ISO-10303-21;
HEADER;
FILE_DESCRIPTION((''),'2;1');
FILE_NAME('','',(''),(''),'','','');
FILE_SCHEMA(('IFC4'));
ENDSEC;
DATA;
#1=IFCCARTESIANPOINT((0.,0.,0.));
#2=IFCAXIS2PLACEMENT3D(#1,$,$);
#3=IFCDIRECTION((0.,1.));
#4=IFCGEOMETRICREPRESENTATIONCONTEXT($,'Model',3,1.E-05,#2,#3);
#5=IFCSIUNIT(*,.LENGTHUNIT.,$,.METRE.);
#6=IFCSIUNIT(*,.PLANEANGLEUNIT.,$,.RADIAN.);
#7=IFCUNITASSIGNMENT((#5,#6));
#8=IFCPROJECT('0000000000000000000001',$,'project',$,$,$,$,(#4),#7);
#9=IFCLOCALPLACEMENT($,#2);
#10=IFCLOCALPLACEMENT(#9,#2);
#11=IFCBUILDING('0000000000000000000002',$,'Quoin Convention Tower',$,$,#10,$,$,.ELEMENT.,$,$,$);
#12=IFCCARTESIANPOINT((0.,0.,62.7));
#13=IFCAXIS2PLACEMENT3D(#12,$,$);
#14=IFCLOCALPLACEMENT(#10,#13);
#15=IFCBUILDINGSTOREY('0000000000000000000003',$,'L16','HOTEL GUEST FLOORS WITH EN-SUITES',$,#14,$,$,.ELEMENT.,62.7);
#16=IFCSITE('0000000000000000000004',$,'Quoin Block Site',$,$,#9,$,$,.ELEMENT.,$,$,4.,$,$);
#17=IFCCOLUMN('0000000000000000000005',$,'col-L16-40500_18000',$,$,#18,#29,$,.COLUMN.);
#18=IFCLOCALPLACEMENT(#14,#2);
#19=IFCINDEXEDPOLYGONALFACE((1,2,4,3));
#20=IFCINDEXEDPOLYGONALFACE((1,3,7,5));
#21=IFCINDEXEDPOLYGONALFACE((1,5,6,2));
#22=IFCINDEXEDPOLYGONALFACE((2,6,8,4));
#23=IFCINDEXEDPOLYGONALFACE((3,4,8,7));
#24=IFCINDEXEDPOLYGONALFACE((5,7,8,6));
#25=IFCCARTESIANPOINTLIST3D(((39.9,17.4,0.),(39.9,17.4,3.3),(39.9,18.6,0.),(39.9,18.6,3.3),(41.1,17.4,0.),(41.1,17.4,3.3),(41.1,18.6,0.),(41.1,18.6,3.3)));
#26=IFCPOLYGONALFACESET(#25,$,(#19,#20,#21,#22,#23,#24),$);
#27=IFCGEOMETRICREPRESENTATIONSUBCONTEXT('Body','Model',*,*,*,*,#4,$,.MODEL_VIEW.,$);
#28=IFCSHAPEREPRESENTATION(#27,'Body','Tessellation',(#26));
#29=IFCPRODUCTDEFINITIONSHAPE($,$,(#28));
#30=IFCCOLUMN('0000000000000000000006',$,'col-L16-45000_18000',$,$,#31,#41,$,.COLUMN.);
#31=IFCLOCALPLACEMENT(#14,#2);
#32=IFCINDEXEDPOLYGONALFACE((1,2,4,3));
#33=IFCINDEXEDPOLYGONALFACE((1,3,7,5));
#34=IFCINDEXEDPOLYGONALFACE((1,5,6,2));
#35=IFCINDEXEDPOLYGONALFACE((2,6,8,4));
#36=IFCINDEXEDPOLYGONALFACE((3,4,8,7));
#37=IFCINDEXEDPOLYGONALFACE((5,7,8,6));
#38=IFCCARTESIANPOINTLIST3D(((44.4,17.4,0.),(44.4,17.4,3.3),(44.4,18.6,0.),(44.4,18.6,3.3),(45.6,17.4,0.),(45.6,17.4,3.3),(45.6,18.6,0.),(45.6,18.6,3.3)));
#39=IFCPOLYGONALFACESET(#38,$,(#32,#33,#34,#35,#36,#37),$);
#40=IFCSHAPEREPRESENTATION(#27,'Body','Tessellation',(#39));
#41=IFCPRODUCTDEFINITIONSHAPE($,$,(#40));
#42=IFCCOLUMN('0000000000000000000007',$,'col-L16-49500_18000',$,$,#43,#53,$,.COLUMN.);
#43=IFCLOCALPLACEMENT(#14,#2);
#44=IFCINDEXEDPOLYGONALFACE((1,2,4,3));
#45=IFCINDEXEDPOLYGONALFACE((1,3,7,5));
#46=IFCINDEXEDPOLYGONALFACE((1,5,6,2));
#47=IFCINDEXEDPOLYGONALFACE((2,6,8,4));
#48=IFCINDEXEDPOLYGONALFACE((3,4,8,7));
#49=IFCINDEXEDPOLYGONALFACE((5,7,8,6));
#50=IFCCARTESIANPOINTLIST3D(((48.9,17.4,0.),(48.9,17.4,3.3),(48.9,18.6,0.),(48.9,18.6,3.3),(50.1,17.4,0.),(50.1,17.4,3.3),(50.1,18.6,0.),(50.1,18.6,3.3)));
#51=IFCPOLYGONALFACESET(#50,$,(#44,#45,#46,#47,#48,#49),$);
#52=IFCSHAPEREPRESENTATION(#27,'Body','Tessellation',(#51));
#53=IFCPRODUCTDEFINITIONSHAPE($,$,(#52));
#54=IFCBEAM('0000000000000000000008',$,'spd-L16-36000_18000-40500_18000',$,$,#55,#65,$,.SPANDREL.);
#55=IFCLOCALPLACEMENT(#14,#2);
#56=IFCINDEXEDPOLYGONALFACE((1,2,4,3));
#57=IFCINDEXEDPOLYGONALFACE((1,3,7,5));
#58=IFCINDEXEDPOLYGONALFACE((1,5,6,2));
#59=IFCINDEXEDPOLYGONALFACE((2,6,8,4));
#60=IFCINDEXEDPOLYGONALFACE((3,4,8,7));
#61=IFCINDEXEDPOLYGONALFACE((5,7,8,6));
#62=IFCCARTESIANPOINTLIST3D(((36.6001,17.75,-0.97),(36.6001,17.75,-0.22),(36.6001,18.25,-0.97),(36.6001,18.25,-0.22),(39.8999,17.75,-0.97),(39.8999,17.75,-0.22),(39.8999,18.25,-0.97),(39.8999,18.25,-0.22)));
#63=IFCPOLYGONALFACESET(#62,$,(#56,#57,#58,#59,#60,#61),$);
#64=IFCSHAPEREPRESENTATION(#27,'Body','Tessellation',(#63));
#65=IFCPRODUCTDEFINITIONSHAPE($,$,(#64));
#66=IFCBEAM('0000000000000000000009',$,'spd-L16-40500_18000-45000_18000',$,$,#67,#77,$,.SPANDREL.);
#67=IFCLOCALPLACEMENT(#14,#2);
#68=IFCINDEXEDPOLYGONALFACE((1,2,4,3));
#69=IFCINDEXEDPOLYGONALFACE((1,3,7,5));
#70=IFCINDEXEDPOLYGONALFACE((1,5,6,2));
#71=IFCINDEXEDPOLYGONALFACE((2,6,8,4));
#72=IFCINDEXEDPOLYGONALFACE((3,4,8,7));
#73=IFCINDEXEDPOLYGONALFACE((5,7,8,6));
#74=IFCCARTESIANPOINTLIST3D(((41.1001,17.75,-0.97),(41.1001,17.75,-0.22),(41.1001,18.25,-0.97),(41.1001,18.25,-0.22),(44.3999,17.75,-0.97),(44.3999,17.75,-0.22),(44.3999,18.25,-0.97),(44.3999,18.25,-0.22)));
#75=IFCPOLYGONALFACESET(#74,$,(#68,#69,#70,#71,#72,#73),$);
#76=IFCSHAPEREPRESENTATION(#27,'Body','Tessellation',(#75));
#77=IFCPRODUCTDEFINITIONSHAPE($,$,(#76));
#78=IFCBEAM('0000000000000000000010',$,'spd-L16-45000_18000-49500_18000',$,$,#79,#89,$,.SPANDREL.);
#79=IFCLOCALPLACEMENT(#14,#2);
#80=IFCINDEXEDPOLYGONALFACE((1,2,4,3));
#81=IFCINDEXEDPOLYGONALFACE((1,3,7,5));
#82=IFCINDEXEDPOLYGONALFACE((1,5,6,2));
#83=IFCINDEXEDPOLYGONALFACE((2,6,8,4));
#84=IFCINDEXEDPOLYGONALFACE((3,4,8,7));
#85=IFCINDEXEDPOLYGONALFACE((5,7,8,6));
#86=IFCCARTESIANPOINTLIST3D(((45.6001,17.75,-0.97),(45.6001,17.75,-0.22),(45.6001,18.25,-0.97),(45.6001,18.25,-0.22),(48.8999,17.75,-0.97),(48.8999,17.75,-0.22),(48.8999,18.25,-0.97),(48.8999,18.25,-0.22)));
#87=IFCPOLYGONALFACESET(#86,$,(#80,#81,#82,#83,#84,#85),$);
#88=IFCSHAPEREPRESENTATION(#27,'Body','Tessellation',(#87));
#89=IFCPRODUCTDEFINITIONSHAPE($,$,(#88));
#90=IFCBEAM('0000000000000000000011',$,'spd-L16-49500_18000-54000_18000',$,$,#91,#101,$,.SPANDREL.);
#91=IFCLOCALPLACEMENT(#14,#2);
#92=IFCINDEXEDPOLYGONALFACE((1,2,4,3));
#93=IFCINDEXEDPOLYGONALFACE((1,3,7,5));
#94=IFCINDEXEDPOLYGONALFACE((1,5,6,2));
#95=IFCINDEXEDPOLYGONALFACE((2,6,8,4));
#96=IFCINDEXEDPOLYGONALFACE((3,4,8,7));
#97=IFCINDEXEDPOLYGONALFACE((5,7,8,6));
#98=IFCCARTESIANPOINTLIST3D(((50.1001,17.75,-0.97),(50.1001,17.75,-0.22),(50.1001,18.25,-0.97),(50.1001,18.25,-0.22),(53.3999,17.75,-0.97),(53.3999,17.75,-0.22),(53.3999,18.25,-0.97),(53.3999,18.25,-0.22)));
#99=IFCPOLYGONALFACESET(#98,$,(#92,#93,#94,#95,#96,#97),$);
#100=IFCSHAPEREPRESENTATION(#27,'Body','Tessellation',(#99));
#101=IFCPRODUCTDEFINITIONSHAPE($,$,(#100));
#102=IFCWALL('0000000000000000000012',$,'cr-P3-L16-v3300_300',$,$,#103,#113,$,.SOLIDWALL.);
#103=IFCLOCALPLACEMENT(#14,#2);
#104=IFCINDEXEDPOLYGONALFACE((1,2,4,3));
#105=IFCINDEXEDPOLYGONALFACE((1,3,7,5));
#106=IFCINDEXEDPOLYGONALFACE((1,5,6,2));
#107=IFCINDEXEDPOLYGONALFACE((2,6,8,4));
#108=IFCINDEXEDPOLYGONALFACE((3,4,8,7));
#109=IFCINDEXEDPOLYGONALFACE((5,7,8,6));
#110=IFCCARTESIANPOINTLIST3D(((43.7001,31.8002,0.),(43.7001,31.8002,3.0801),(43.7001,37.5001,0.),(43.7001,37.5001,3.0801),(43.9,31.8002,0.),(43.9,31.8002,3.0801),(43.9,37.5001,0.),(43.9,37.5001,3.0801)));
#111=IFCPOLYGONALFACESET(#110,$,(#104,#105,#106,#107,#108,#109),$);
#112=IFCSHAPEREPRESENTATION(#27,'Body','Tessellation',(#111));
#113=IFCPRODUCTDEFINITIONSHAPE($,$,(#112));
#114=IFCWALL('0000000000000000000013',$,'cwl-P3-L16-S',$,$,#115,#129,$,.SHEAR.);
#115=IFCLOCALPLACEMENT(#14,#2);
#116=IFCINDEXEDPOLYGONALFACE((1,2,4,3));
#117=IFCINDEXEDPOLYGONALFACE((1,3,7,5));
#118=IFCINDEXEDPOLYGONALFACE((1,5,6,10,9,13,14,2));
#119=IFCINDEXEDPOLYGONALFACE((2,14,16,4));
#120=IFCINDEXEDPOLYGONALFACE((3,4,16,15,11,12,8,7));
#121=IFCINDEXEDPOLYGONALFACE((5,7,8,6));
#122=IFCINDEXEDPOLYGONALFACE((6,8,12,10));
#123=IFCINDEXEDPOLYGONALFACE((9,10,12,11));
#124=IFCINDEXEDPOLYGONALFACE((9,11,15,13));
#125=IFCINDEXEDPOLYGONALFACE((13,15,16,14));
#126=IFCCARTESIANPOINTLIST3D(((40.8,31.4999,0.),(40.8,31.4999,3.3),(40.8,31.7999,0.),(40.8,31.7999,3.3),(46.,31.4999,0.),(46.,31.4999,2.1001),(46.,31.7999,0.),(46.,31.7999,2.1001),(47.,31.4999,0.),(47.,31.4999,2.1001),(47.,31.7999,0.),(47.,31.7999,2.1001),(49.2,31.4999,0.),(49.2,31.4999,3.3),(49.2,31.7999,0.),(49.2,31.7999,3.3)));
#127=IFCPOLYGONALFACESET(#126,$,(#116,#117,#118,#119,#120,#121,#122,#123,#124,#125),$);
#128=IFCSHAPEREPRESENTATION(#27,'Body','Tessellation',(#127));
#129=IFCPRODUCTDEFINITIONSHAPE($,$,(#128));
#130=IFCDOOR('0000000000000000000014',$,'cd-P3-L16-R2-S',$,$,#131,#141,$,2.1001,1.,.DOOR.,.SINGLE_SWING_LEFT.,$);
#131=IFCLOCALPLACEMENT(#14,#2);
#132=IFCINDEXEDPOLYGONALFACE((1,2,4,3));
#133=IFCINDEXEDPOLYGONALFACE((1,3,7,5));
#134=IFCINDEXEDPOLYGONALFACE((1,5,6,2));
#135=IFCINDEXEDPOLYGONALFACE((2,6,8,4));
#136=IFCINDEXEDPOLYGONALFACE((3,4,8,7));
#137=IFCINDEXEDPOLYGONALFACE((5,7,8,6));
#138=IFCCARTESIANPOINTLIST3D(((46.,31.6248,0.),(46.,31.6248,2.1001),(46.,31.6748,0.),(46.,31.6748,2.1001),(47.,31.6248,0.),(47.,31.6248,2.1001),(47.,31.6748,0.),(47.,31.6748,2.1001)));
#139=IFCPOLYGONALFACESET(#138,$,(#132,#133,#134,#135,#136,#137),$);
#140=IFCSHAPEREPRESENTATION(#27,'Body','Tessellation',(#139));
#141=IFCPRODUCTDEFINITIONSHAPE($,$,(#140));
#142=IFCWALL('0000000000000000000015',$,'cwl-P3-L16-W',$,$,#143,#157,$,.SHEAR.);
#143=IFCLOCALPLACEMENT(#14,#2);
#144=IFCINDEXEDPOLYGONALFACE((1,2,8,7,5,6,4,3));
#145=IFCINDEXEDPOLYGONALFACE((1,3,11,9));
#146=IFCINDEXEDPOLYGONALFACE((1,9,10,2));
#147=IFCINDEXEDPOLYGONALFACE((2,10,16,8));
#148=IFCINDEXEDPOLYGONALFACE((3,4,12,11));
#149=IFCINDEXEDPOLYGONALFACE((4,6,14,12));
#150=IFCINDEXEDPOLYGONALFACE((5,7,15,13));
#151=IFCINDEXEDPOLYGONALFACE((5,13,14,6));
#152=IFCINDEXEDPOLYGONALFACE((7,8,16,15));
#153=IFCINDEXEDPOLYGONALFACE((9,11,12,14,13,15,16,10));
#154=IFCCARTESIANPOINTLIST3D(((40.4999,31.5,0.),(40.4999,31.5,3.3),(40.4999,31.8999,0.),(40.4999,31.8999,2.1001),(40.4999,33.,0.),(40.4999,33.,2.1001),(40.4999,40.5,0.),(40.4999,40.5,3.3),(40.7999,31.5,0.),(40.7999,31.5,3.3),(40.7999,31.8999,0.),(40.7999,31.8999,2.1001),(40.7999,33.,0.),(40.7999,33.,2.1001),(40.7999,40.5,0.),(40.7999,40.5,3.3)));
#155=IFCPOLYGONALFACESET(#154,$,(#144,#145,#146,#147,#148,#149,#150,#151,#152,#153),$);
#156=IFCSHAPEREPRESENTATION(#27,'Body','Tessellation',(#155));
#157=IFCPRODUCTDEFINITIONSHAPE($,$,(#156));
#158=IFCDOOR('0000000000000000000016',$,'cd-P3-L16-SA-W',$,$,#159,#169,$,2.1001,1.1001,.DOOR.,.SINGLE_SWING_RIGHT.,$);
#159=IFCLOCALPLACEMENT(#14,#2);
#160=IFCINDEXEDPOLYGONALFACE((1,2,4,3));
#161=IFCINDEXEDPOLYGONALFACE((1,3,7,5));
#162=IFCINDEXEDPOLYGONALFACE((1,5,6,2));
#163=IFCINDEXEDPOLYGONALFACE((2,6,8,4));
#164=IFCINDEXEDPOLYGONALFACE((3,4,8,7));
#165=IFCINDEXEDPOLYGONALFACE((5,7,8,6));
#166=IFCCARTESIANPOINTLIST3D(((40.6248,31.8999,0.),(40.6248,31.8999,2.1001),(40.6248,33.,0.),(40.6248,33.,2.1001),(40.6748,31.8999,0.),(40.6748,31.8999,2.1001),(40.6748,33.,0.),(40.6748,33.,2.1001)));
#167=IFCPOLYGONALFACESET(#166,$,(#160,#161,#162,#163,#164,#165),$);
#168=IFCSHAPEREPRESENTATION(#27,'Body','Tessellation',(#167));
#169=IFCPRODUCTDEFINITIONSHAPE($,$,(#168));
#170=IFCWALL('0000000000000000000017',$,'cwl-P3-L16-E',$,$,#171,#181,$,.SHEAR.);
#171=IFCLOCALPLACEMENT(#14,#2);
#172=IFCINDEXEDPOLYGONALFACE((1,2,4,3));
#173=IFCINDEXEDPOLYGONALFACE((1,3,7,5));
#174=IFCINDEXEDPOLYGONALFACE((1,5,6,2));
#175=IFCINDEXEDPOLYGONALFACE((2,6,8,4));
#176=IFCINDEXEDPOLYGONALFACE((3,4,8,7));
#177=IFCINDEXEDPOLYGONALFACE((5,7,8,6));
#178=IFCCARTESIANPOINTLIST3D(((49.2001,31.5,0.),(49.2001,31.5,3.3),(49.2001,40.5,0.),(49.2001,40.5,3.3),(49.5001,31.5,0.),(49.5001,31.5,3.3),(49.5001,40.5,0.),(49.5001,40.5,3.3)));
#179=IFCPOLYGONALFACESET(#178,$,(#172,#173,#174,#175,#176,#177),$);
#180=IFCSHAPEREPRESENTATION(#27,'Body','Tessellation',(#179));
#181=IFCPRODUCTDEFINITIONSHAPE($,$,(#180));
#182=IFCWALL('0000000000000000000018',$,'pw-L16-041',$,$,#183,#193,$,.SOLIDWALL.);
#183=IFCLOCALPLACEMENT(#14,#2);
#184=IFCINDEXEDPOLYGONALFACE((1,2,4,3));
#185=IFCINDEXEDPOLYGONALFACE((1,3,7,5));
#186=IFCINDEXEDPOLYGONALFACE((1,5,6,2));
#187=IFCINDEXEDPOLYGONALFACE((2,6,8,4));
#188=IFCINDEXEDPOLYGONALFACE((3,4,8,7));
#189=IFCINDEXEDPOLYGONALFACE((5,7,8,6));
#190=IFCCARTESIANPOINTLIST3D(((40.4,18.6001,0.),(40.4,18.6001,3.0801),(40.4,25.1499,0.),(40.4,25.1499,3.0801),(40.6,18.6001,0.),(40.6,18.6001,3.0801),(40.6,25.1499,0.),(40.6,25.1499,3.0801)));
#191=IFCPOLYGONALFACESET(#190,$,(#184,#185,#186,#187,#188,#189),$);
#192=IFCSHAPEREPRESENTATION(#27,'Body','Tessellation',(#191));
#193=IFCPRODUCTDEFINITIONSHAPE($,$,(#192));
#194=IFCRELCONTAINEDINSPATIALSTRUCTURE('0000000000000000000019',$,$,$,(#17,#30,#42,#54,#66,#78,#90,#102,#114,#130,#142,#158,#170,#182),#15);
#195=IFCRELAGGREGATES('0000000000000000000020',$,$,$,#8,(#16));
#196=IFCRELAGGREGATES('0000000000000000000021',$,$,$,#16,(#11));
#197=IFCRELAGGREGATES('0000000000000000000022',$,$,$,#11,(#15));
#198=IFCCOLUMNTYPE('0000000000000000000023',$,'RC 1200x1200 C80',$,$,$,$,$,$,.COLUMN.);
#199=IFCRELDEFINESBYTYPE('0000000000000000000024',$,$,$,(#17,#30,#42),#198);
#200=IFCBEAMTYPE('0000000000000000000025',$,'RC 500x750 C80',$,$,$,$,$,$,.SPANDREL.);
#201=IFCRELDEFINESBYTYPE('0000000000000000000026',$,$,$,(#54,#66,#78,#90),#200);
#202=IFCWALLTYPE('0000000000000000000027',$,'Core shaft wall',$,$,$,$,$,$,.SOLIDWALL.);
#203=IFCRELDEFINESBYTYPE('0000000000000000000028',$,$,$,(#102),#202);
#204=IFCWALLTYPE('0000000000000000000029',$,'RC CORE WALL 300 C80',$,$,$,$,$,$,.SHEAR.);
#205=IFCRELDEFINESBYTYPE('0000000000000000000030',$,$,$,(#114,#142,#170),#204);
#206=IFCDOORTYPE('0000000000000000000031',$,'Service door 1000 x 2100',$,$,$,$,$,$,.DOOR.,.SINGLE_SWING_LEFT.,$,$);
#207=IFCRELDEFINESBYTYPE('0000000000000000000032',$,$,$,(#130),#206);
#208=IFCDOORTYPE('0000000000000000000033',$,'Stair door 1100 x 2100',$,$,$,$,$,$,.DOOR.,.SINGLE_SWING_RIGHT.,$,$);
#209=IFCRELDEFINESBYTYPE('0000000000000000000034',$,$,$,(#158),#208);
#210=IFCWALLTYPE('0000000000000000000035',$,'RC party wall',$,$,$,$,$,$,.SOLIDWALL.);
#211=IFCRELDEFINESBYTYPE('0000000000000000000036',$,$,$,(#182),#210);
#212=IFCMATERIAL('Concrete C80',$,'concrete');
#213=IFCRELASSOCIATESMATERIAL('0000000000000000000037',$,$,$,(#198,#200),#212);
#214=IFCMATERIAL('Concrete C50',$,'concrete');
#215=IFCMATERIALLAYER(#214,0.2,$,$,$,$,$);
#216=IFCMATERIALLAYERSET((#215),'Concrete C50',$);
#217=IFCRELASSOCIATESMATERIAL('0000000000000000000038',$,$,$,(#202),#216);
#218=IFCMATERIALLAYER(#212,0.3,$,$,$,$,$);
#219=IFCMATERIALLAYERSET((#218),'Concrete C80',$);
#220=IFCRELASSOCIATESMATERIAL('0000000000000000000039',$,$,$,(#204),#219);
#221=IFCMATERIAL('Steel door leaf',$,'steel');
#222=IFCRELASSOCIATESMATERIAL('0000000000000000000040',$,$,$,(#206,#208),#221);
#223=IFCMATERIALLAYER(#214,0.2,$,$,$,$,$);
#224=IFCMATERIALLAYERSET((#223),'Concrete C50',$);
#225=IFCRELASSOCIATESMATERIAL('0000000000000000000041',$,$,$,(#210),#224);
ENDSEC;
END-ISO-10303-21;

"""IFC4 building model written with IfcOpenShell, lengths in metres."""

from ifc_helpers import new_model, si_unit, direction, frame, frame_2d, origin, origin_2d, place, context, subcontext, project, spatial, rectangle, extrude, material, layer, layer_set, material_profile, profile_set, type_object, element, fill, save


model = new_model("IFC4")

# Units and contexts
model_context = context("Model", 3, precision=1e-05, world=origin(), true_north=direction((0.0, 1.0)))
body_context = subcontext(model_context, "Body", "Model", "MODEL_VIEW")
ifc_project = project(units=[si_unit("LENGTHUNIT", "METRE"), si_unit("PLANEANGLEUNIT", "RADIAN")], contexts=[model_context])

# Site, building, storey
site_placement = place(None, origin())
site = spatial("IfcSite", under=ifc_project, at=site_placement, Name="Quoin Block Site", CompositionType="ELEMENT", RefElevation=4.0)
building_placement = place(site_placement, origin())
building = spatial("IfcBuilding", under=site, at=building_placement, Name="Quoin Convention Tower", CompositionType="ELEMENT")
storey_placement = place(building_placement, frame((0.0, 0.0, 62.7)))
storey = spatial("IfcBuildingStorey", under=building, at=storey_placement, Name="L16", Description="HOTEL GUEST FLOORS WITH EN-SUITES", CompositionType="ELEMENT", Elevation=62.7)

# Columns
ifc_material_1 = material(Name="Concrete C80", Category="concrete")
ifc_material_profile_1 = material_profile(ifc_material_1, rectangle(XDim=1.2, YDim=1.2, at=origin_2d()), Name="RC 1200x1200")
ifc_profile_set_1 = profile_set([ifc_material_profile_1], Name="Concrete C80")
column_type = type_object("IfcColumnType", Name="RC 1200x1200 C80", PredefinedType="COLUMN", material=ifc_profile_set_1)
for number, where, z_axis, x_axis, name in (
    (1, (40.5, 18.0, 0.0), (0.0, 0.0, 1.0), (1.0, 0.0, 0.0), "col-L16-40500_18000"),
    (2, (45.0, 18.0, 0.0), (0.0, 0.0, 1.0), (1.0, 0.0, 0.0), "col-L16-45000_18000"),
    (3, (49.5, 18.0, 0.0), (0.0, 0.0, 1.0), (1.0, 0.0, 0.0), "col-L16-49500_18000"),
):
    element("IfcColumn", number, at=place(storey_placement, frame(where, z_axis=z_axis, x_axis=x_axis)), inside=storey, type_object=column_type, Name=name, PredefinedType="COLUMN", context=body_context, shape_type="SweptSolid", body=[
        extrude(rectangle(XDim=1.2, YDim=1.2, at=origin_2d()), origin(), (0.0, 0.0, 1.0), 3.3),
    ])

# Beams
ifc_material_profile_2 = material_profile(ifc_material_1, rectangle(XDim=0.5, YDim=0.75, at=origin_2d()), Name="RC 500x750")
ifc_profile_set_2 = profile_set([ifc_material_profile_2], Name="Concrete C80")
beam_type = type_object("IfcBeamType", Name="RC 500x750 C80", PredefinedType="SPANDREL", material=ifc_profile_set_2)
for number, where, z_axis, x_axis, name in (
    (4, (36.6001, 18.0, -0.595), (1.0, 0.0, 0.0), (0.0, 1.0, 0.0), "spd-L16-36000_18000-40500_18000"),
    (5, (41.1001, 18.0, -0.595), (1.0, 0.0, 0.0), (0.0, 1.0, 0.0), "spd-L16-40500_18000-45000_18000"),
    (6, (45.6001, 18.0, -0.595), (1.0, 0.0, 0.0), (0.0, 1.0, 0.0), "spd-L16-45000_18000-49500_18000"),
    (7, (50.1001, 18.0, -0.595), (1.0, 0.0, 0.0), (0.0, 1.0, 0.0), "spd-L16-49500_18000-54000_18000"),
):
    element("IfcBeam", number, at=place(storey_placement, frame(where, z_axis=z_axis, x_axis=x_axis)), inside=storey, type_object=beam_type, Name=name, PredefinedType="SPANDREL", context=body_context, shape_type="SweptSolid", body=[
        extrude(rectangle(XDim=0.5, YDim=0.75, at=origin_2d()), origin(), (0.0, 0.0, 1.0), 3.2998),
    ])

# Wall
ifc_material_2 = material(Name="Concrete C50", Category="concrete")
ifc_layer_1 = layer(ifc_material_2, 0.2)
ifc_layer_set_1 = layer_set([ifc_layer_1], Name="Concrete C50")
wall_type_1 = type_object("IfcWallType", Name="Core shaft wall", PredefinedType="SOLIDWALL", material=ifc_layer_set_1)
wall_1_placement = place(storey_placement, frame((43.8, 31.8, 0.0), z_axis=(0.0, 0.0, 1.0), x_axis=(0.0, 1.0, 0.0)))
element("IfcWall", 8, at=wall_1_placement, inside=storey, type_object=wall_type_1, Name="cr-P3-L16-v3300_300", PredefinedType="SOLIDWALL", context=body_context, shape_type="SweptSolid", body=[
    extrude(rectangle(XDim=5.7, YDim=0.2, at=frame_2d((2.8501, 0.0))), origin(), (0.0, 0.0, 1.0), 3.0801),
])

# Walls, openings, doors
ifc_layer_2 = layer(ifc_material_1, 0.3)
ifc_layer_set_2 = layer_set([ifc_layer_2], Name="Concrete C80")
wall_type_2 = type_object("IfcWallType", Name="RC CORE WALL 300 C80", PredefinedType="SHEAR", material=ifc_layer_set_2)
wall_2_placement = place(storey_placement, frame((40.8, 31.6499, 0.0), z_axis=(0.0, 0.0, 1.0), x_axis=(1.0, 0.0, 0.0)))
wall_2 = element("IfcWall", 9, at=wall_2_placement, inside=storey, type_object=wall_type_2, Name="cwl-P3-L16-S", PredefinedType="SHEAR", context=body_context, shape_type="SweptSolid", body=[
    extrude(rectangle(XDim=8.3999, YDim=0.3, at=frame_2d((4.2, 0.0))), origin(), (0.0, 0.0, 1.0), 3.3),
])
opening_1_placement = place(wall_2_placement, frame((5.2, 0.0, 0.0)))
opening_1 = element("IfcOpeningElement", 10, at=opening_1_placement, cuts=wall_2, PredefinedType="OPENING", context=body_context, shape_type="SweptSolid", body=[
    extrude(rectangle(XDim=1.0, YDim=2.1001, at=frame_2d((0.5, 1.05))), frame((0.0, 0.1599, 0.0), z_axis=(0.0, -1.0, 0.0), x_axis=(1.0, 0.0, 0.0)), (0.0, 0.0, 1.0), 0.3201),
])
ifc_material_3 = material(Name="Steel door leaf", Category="steel")
door_type_1 = type_object("IfcDoorType", Name="Service door 1000 x 2100", OperationType="SINGLE_SWING_LEFT", PredefinedType="DOOR", material=ifc_material_3)
door_1_placement = place(opening_1_placement, origin())
door_1 = element("IfcDoor", 11, at=door_1_placement, inside=storey, type_object=door_type_1, Name="cd-P3-L16-R2-S", OperationType="SINGLE_SWING_LEFT", OverallHeight=2.1001, OverallWidth=1.0, PredefinedType="DOOR", context=body_context, shape_type="SweptSolid", body=[
    extrude(rectangle(XDim=1.0, YDim=2.1001, at=frame_2d((0.5, 1.05))), frame((0.0, 0.0249, 0.0), z_axis=(0.0, -1.0, 0.0), x_axis=(1.0, 0.0, 0.0)), (0.0, 0.0, 1.0), 0.05),
])
fill(opening_1, door_1)
wall_3_placement = place(storey_placement, frame((40.6499, 31.5, 0.0), z_axis=(0.0, 0.0, 1.0), x_axis=(0.0, 1.0, 0.0)))
wall_3 = element("IfcWall", 12, at=wall_3_placement, inside=storey, type_object=wall_type_2, Name="cwl-P3-L16-W", PredefinedType="SHEAR", context=body_context, shape_type="SweptSolid", body=[
    extrude(rectangle(XDim=9.0, YDim=0.3, at=frame_2d((4.5, 0.0))), origin(), (0.0, 0.0, 1.0), 3.3),
])
opening_2_placement = place(wall_3_placement, frame((0.3999, 0.0, 0.0)))
opening_2 = element("IfcOpeningElement", 13, at=opening_2_placement, cuts=wall_3, PredefinedType="OPENING", context=body_context, shape_type="SweptSolid", body=[
    extrude(rectangle(XDim=1.1001, YDim=2.1001, at=frame_2d((0.55, 1.05))), frame((0.0, 0.1599, 0.0), z_axis=(0.0, -1.0, 0.0), x_axis=(1.0, 0.0, 0.0)), (0.0, 0.0, 1.0), 0.3201),
])
door_type_2 = type_object("IfcDoorType", Name="Stair door 1100 x 2100", OperationType="SINGLE_SWING_RIGHT", PredefinedType="DOOR", material=ifc_material_3)
door_2_placement = place(opening_2_placement, frame((1.1001, 0.0, 0.0), z_axis=(0.0, 0.0, 1.0), x_axis=(-1.0, 0.0, 0.0)))
door_2 = element("IfcDoor", 14, at=door_2_placement, inside=storey, type_object=door_type_2, Name="cd-P3-L16-SA-W", OperationType="SINGLE_SWING_RIGHT", OverallHeight=2.1001, OverallWidth=1.1001, PredefinedType="DOOR", context=body_context, shape_type="SweptSolid", body=[
    extrude(rectangle(XDim=1.1001, YDim=2.1001, at=frame_2d((0.55, 1.05))), frame((0.0, 0.0249, 0.0), z_axis=(0.0, -1.0, 0.0), x_axis=(1.0, 0.0, 0.0)), (0.0, 0.0, 1.0), 0.05),
])
fill(opening_2, door_2)

# Walls
wall_4_placement = place(storey_placement, frame((49.3501, 31.5, 0.0), z_axis=(0.0, 0.0, 1.0), x_axis=(0.0, 1.0, 0.0)))
element("IfcWall", 15, at=wall_4_placement, inside=storey, type_object=wall_type_2, Name="cwl-P3-L16-E", PredefinedType="SHEAR", context=body_context, shape_type="SweptSolid", body=[
    extrude(rectangle(XDim=9.0, YDim=0.3, at=frame_2d((4.5, 0.0))), origin(), (0.0, 0.0, 1.0), 3.3),
])
ifc_layer_3 = layer(ifc_material_2, 0.2)
ifc_layer_set_3 = layer_set([ifc_layer_3], Name="Concrete C50")
wall_type_3 = type_object("IfcWallType", Name="RC party wall", PredefinedType="SOLIDWALL", material=ifc_layer_set_3)
for number, where, z_axis, x_axis, name in (
    (16, (40.5, 18.6001, 0.0), (0.0, 0.0, 1.0), (0.0, 1.0, 0.0), "pw-L16-041"),
):
    element("IfcWall", number, at=place(storey_placement, frame(where, z_axis=z_axis, x_axis=x_axis)), inside=storey, type_object=wall_type_3, Name=name, PredefinedType="SOLIDWALL", context=body_context, shape_type="SweptSolid", body=[
        extrude(rectangle(XDim=6.5498, YDim=0.2, at=frame_2d((3.2749, 0.0))), origin(), (0.0, 0.0, 1.0), 3.0801),
    ])

save(model, "model.ifc")
